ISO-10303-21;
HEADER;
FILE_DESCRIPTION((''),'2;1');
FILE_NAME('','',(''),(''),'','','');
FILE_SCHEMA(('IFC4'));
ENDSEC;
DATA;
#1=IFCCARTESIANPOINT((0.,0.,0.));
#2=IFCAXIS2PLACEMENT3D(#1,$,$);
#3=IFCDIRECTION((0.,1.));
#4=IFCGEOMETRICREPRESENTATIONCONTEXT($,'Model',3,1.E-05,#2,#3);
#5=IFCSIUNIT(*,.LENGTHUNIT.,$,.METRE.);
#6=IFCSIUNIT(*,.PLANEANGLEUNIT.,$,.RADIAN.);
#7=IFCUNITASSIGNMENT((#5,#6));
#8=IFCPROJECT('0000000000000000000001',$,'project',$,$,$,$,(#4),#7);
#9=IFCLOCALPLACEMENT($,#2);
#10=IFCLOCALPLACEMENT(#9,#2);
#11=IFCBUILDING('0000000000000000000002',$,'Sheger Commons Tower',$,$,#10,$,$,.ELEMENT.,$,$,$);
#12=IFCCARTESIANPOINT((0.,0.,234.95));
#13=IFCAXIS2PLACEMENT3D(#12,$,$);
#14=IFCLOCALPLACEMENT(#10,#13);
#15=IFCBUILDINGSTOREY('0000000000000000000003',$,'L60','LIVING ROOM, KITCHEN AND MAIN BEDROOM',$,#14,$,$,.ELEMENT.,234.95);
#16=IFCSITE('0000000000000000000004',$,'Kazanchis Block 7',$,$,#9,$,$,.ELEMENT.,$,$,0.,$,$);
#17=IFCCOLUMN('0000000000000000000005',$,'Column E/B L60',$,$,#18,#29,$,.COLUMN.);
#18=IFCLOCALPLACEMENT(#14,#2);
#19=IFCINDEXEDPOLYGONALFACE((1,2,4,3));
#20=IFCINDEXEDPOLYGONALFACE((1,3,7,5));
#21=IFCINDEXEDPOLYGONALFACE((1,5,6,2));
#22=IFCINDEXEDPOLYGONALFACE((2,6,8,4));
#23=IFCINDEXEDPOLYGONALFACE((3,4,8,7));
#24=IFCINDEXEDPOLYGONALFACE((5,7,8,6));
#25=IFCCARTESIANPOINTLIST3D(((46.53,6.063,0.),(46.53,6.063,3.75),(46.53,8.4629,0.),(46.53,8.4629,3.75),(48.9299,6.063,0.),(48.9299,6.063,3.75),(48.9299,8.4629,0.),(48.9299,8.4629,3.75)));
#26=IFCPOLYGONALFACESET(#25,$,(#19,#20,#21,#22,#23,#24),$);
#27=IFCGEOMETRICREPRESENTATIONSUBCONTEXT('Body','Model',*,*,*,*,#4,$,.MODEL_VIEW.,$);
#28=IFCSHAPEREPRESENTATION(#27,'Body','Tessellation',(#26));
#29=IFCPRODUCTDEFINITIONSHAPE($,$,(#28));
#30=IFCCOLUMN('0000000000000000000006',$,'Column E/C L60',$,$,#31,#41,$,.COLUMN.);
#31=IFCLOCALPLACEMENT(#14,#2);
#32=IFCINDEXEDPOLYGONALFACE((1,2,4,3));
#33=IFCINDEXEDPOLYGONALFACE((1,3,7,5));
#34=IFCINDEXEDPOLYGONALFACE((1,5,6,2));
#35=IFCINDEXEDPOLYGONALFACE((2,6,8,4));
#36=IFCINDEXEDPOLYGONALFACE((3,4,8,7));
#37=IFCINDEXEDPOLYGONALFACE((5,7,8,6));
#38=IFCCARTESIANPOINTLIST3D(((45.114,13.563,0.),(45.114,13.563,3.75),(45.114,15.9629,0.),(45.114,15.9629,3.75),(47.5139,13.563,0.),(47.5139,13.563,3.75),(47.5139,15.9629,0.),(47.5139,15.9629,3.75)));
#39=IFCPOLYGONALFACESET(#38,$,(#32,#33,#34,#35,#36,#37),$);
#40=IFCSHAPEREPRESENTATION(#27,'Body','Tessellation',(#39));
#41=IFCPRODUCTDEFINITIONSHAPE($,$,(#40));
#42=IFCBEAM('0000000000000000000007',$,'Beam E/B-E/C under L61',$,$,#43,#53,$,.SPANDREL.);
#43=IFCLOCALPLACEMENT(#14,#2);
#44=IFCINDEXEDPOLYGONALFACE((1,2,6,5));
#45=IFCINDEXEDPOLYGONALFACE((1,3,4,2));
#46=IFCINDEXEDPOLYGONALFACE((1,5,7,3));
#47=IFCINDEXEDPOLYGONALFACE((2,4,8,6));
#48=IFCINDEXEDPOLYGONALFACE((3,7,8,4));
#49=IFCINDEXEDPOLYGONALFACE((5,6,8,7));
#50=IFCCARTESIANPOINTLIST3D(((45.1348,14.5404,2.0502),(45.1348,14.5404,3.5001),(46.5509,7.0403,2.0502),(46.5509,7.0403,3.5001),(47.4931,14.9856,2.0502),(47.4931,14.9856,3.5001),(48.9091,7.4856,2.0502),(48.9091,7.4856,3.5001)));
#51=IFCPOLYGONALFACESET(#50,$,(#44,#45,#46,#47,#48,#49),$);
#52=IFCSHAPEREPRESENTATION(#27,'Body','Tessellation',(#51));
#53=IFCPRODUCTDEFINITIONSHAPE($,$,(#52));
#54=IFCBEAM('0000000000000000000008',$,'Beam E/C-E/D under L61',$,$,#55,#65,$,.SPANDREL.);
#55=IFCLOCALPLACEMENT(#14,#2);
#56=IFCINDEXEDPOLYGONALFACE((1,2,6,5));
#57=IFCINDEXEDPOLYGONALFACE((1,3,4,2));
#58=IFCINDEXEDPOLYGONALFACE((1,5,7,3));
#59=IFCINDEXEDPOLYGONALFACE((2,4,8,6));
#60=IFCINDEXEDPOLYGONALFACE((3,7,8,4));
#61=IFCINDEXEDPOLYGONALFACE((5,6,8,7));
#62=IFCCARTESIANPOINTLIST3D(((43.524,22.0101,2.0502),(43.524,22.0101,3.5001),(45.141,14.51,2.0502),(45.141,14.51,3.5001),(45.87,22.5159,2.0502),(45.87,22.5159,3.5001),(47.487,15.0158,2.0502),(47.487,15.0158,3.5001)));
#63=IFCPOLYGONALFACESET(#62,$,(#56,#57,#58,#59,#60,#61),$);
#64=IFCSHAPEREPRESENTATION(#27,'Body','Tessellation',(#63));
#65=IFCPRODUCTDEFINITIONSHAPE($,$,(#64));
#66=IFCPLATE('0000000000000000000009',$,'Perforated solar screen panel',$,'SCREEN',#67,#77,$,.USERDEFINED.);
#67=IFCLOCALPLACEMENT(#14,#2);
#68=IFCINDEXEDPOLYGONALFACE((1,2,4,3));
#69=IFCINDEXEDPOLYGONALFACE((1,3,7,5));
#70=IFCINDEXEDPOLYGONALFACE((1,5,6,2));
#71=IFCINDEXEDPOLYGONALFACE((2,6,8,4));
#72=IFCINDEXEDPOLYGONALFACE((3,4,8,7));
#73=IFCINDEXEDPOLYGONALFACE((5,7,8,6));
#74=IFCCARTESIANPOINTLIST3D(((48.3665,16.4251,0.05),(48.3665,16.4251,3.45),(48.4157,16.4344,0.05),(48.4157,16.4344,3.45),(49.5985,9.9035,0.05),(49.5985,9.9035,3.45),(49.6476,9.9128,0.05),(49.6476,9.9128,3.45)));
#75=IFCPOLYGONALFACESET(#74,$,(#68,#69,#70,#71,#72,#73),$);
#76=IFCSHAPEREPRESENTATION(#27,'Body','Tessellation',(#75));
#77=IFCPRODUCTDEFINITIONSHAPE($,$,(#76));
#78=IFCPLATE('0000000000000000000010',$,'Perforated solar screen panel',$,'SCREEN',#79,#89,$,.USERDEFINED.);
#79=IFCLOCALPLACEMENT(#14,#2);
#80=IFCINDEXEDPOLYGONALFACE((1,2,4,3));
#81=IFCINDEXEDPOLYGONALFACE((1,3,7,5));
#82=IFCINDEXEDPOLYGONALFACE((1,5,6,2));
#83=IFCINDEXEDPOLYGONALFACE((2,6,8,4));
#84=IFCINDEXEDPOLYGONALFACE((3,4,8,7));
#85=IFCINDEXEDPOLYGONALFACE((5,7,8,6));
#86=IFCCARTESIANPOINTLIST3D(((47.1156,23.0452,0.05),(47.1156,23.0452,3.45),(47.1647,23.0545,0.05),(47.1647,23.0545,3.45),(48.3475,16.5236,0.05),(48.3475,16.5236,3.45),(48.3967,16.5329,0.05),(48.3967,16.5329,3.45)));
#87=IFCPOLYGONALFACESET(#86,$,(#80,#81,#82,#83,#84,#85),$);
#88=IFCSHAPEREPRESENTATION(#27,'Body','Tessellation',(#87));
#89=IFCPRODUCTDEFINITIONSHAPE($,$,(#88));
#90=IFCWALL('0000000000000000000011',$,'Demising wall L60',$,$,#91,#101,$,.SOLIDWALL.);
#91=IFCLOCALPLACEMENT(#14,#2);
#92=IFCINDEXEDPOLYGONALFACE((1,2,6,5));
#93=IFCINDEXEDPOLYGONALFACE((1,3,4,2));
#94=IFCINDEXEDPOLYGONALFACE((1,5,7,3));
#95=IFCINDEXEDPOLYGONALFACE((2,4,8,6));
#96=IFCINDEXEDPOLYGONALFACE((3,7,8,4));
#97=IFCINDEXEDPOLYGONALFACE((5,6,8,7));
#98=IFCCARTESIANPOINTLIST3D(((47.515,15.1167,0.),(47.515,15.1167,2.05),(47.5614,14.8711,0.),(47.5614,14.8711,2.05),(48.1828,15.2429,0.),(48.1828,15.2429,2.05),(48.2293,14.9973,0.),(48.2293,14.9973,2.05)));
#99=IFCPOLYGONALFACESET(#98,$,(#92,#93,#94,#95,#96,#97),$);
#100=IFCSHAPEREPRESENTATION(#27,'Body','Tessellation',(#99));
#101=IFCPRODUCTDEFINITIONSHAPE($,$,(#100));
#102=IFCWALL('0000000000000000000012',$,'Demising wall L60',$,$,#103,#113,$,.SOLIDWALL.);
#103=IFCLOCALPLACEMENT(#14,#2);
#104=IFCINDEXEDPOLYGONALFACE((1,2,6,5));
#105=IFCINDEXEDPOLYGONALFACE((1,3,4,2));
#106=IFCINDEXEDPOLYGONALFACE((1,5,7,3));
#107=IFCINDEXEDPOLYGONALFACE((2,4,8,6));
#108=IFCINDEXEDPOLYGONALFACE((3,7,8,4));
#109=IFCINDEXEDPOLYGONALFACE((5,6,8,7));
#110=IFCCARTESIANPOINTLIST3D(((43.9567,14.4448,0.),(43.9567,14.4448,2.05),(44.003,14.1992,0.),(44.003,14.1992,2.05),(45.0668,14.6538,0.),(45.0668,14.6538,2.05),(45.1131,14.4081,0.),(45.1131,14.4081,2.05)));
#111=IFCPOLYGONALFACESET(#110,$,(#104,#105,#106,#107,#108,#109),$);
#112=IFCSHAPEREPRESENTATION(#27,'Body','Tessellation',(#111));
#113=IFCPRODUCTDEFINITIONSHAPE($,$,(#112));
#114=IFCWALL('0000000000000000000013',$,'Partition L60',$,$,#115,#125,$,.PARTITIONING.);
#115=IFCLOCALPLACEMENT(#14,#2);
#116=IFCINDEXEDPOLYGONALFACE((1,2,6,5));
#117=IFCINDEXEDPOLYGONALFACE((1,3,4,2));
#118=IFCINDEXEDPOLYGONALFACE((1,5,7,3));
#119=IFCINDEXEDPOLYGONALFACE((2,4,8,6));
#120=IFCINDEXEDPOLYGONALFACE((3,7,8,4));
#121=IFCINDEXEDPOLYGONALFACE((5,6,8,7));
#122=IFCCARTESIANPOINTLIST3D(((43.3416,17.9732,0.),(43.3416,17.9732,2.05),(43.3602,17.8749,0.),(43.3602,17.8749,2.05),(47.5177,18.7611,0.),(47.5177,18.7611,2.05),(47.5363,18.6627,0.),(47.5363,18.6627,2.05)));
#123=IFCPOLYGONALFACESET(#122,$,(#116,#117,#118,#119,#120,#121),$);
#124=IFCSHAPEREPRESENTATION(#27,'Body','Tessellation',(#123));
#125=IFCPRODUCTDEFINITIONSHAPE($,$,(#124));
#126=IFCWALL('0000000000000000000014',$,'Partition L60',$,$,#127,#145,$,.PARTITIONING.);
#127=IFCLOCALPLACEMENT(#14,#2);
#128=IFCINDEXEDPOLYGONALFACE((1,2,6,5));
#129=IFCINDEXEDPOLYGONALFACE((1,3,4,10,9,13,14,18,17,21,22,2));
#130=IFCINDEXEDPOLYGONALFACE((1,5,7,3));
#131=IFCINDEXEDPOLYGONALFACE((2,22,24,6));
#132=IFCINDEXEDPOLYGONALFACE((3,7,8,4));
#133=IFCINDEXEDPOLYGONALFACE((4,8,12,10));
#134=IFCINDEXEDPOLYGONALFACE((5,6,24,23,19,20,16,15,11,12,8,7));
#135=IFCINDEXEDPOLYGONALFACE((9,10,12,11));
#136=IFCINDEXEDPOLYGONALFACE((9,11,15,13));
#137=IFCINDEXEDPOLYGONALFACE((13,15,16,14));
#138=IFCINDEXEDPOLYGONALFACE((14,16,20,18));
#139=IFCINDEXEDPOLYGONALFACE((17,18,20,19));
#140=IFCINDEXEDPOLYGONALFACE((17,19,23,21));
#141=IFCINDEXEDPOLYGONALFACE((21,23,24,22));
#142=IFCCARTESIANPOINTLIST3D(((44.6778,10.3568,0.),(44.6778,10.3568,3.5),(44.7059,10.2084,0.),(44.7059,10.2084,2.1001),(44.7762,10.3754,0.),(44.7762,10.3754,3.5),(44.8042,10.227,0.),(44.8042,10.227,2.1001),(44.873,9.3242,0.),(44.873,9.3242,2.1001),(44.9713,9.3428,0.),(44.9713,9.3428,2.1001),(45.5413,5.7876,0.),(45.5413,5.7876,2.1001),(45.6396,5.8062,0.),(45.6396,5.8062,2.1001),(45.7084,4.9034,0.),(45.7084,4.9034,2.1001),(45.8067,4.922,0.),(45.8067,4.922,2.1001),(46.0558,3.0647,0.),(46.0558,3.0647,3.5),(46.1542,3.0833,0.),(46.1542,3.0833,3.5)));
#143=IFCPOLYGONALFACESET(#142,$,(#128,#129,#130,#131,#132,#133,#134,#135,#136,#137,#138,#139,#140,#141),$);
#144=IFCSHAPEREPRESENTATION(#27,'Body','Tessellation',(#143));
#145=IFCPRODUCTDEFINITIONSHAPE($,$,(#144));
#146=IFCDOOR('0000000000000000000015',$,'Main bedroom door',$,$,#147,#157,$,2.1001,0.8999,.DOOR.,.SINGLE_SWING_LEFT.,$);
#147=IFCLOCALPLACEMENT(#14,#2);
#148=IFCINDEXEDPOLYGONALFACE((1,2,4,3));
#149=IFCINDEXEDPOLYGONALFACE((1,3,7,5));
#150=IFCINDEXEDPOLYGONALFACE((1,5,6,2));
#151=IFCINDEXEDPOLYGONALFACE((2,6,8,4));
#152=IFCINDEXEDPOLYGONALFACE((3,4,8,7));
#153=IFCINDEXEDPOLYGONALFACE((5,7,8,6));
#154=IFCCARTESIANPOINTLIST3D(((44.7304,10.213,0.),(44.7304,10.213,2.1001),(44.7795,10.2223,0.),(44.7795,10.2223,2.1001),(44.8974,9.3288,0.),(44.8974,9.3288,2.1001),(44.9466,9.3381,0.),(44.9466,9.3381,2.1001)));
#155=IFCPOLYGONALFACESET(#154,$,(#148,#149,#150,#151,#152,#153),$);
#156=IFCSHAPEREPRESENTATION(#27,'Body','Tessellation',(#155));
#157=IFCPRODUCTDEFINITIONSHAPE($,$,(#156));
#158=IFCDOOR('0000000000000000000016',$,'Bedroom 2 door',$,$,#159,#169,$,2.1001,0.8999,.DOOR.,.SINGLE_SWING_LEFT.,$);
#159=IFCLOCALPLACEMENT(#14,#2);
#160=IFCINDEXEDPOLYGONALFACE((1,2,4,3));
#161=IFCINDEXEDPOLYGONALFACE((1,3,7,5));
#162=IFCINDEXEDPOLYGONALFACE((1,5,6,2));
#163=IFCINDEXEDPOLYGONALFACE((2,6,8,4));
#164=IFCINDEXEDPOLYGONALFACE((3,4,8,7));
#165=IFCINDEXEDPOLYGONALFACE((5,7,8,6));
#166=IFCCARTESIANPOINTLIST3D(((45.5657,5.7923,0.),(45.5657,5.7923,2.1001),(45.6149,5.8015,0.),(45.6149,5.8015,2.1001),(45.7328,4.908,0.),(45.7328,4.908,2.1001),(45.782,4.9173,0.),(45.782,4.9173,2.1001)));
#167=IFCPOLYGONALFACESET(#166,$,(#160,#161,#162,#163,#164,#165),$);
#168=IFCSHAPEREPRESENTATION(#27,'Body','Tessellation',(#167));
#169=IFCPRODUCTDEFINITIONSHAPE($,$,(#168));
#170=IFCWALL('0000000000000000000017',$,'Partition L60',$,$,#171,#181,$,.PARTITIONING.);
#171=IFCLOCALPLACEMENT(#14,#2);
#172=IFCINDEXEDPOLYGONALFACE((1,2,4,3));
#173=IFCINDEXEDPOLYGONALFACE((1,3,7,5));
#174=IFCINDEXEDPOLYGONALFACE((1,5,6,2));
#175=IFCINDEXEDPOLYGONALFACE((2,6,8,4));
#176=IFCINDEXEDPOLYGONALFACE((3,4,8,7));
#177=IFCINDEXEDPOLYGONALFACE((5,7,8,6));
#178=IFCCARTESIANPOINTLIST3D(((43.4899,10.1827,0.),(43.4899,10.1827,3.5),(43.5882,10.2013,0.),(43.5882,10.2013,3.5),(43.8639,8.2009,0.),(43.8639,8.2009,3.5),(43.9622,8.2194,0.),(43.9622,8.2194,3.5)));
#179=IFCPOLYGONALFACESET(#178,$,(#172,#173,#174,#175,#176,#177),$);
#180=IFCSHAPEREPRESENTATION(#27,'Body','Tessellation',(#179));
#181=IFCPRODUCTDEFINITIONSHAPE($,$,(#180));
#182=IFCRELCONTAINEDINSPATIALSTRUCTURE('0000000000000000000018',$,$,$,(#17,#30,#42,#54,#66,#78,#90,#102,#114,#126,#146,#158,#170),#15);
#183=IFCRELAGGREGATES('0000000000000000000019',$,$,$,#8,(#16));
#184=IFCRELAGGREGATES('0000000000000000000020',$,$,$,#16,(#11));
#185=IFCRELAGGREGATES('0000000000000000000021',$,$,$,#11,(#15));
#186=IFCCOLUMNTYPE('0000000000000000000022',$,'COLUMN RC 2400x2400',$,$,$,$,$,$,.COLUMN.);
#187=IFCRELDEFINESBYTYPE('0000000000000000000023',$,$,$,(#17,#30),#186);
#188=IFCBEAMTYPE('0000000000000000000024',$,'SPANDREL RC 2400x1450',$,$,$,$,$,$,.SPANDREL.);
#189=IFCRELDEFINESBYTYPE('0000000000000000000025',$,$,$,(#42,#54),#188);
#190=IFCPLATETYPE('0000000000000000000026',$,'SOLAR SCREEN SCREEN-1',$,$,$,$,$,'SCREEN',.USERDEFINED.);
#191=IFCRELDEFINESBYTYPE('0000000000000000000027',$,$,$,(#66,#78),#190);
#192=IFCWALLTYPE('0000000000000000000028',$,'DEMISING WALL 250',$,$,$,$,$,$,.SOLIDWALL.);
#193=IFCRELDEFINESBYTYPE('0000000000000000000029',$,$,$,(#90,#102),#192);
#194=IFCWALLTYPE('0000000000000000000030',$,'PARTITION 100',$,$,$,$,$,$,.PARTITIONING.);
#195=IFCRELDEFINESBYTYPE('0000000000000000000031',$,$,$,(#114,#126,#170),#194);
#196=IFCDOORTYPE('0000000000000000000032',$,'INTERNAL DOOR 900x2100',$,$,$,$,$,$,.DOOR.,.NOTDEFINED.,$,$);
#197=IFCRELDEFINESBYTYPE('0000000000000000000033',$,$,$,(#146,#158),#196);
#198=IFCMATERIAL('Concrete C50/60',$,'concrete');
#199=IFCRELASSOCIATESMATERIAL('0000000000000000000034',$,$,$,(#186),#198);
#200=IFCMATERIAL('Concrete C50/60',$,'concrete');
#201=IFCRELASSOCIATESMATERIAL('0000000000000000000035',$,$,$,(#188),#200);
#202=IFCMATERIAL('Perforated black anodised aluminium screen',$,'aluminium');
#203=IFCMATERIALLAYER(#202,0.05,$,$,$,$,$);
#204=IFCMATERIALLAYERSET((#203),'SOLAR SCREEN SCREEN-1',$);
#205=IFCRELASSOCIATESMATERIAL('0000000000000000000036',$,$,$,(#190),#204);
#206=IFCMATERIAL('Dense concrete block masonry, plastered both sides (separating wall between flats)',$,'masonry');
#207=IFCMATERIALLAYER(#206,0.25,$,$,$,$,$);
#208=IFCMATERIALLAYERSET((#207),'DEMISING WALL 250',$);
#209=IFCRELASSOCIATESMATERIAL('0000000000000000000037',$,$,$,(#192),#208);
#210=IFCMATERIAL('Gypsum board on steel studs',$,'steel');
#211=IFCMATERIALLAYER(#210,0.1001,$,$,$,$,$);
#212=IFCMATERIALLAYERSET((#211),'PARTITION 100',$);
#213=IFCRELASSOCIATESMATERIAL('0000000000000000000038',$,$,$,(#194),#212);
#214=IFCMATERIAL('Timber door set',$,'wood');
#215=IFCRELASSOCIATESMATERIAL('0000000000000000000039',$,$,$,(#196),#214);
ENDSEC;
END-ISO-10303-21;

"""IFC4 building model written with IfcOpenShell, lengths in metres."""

from ifc_helpers import new_model, si_unit, direction, frame, frame_2d, origin, origin_2d, place, context, subcontext, project, spatial, rectangle, extrude, material, layer, layer_set, material_profile, profile_set, type_object, element, fill, save


model = new_model("IFC4")

# Units and contexts
model_context = context("Model", 3, precision=1e-05, world=origin(), true_north=direction((0.0, 1.0)))
body_context = subcontext(model_context, "Body", "Model", "MODEL_VIEW")
ifc_project = project(units=[si_unit("LENGTHUNIT", "METRE"), si_unit("PLANEANGLEUNIT", "RADIAN")], contexts=[model_context])

# Site, building, storey
site_placement = place(None, origin())
site = spatial("IfcSite", under=ifc_project, at=site_placement, Name="Kazanchis Block 7", CompositionType="ELEMENT", RefElevation=0.0)
building_placement = place(site_placement, origin())
building = spatial("IfcBuilding", under=site, at=building_placement, Name="Sheger Commons Tower", CompositionType="ELEMENT")
storey_placement = place(building_placement, frame((0.0, 0.0, 234.95)))
storey = spatial("IfcBuildingStorey", under=building, at=storey_placement, Name="L60", Description="LIVING ROOM, KITCHEN AND MAIN BEDROOM", CompositionType="ELEMENT", Elevation=234.95)

# Columns
ifc_material_1 = material(Name="Concrete C50/60", Category="concrete")
ifc_material_profile_1 = material_profile(ifc_material_1, rectangle(XDim=2.3999, YDim=2.3999, at=origin_2d()), Name="RC 2400x2400")
ifc_profile_set_1 = profile_set([ifc_material_profile_1], Name="Concrete C50/60")
column_type = type_object("IfcColumnType", Name="COLUMN RC 2400x2400", PredefinedType="COLUMN", material=ifc_profile_set_1)
for number, where, z_axis, x_axis, name in (
    (1, (47.73, 7.2629, 0.0), (0.0, 0.0, 1.0), (1.0, 0.0, 0.0), "Column E/B L60"),
    (2, (46.314, 14.7629, 0.0), (0.0, 0.0, 1.0), (1.0, 0.0, 0.0), "Column E/C L60"),
):
    element("IfcColumn", number, at=place(storey_placement, frame(where, z_axis=z_axis, x_axis=x_axis)), inside=storey, type_object=column_type, Name=name, PredefinedType="COLUMN", context=body_context, shape_type="SweptSolid", body=[
        extrude(rectangle(XDim=2.3999, YDim=2.3999, at=origin_2d()), origin(), (0.0, 0.0, 1.0), 3.75),
    ])

# Beams
ifc_material_2 = material(Name="Concrete C50/60", Category="concrete")
ifc_material_profile_2 = material_profile(ifc_material_2, rectangle(XDim=2.3999, YDim=1.45, at=origin_2d()), Name="RC 2400x1450")
ifc_profile_set_2 = profile_set([ifc_material_profile_2], Name="Concrete C50/60")
beam_type = type_object("IfcBeamType", Name="SPANDREL RC 2400x1450", PredefinedType="SPANDREL", material=ifc_profile_set_2)
beam_1_placement = place(storey_placement, frame((47.73, 7.2629, 2.7751), z_axis=(-0.185524, 0.98264, 0.0), x_axis=(-0.98264, -0.185524, 0.0)))
element("IfcBeam", 3, at=beam_1_placement, inside=storey, type_object=beam_type, Name="Beam E/B-E/C under L61", PredefinedType="SPANDREL", context=body_context, shape_type="SweptSolid", body=[
    extrude(rectangle(XDim=2.3999, YDim=1.45, at=origin_2d()), origin(), (0.0, 0.0, 1.0), 7.6326),
])
beam_2_placement = place(storey_placement, frame((46.314, 14.7629, 2.7751), z_axis=(-0.21075, 0.97754, 0.0), x_axis=(-0.97754, -0.21075, 0.0)))
element("IfcBeam", 4, at=beam_2_placement, inside=storey, type_object=beam_type, Name="Beam E/C-E/D under L61", PredefinedType="SPANDREL", context=body_context, shape_type="SweptSolid", body=[
    extrude(rectangle(XDim=2.3999, YDim=1.45, at=origin_2d()), origin(), (0.0, 0.0, 1.0), 7.6724),
])

# Plates
ifc_material_3 = material(Name="Perforated black anodised aluminium screen", Category="aluminium")
ifc_layer_1 = layer(ifc_material_3, 0.05)
ifc_layer_set_1 = layer_set([ifc_layer_1], Name="SOLAR SCREEN SCREEN-1")
plate_type = type_object("IfcPlateType", Name="SOLAR SCREEN SCREEN-1", ElementType="SCREEN", PredefinedType="USERDEFINED", material=ifc_layer_set_1)
for number, where, z_axis, x_axis, name in (
    (5, (49.0071, 13.1689, 0.05), (0.0, 0.0, 1.0), (-0.185615, 0.982623, 0.0), "Perforated solar screen panel"),
    (6, (47.7561, 19.7891, 0.05), (0.0, 0.0, 1.0), (-0.185615, 0.982623, 0.0), "Perforated solar screen panel"),
):
    element("IfcPlate", number, at=place(storey_placement, frame(where, z_axis=z_axis, x_axis=x_axis)), inside=storey, type_object=plate_type, Name=name, ObjectType="SCREEN", PredefinedType="USERDEFINED", context=body_context, shape_type="SweptSolid", body=[
        extrude(rectangle(XDim=6.637, YDim=0.05, at=origin_2d()), origin(), (0.0, 0.0, 1.0), 3.3999),
    ])

# Walls
ifc_material_4 = material(Name="Dense concrete block masonry, plastered both sides (separating wall between flats)", Category="masonry")
ifc_layer_2 = layer(ifc_material_4, 0.25)
ifc_layer_set_2 = layer_set([ifc_layer_2], Name="DEMISING WALL 250")
wall_type_1 = type_object("IfcWallType", Name="DEMISING WALL 250", PredefinedType="SOLIDWALL", material=ifc_layer_set_2)
wall_1_placement = place(storey_placement, frame((48.2061, 15.1201, 0.0), z_axis=(0.0, 0.0, 1.0), x_axis=(-0.982611, -0.185676, 0.0)))
element("IfcWall", 7, at=wall_1_placement, inside=storey, type_object=wall_type_1, Name="Demising wall L60", PredefinedType="SOLIDWALL", context=body_context, shape_type="SweptSolid", body=[
    extrude(rectangle(XDim=0.6797, YDim=0.25, at=frame_2d((0.3398, 0.0))), origin(), (0.0, 0.0, 1.0), 2.05),
])
wall_2_placement = place(storey_placement, frame((45.0901, 14.531, 0.0), z_axis=(0.0, 0.0, 1.0), x_axis=(-0.982737, -0.185006, 0.0)))
element("IfcWall", 8, at=wall_2_placement, inside=storey, type_object=wall_type_1, Name="Demising wall L60", PredefinedType="SOLIDWALL", context=body_context, shape_type="SweptSolid", body=[
    extrude(rectangle(XDim=1.1296, YDim=0.25, at=frame_2d((0.5649, 0.0))), origin(), (0.0, 0.0, 1.0), 2.05),
])
ifc_material_5 = material(Name="Gypsum board on steel studs", Category="steel")
ifc_layer_3 = layer(ifc_material_5, 0.1001)
ifc_layer_set_3 = layer_set([ifc_layer_3], Name="PARTITION 100")
wall_type_2 = type_object("IfcWallType", Name="PARTITION 100", PredefinedType="PARTITIONING", material=ifc_layer_set_3)
wall_3_placement = place(storey_placement, frame((47.5271, 18.7119, 0.0), z_axis=(0.0, 0.0, 1.0), x_axis=(-0.982665, -0.185388, 0.0)))
element("IfcWall", 9, at=wall_3_placement, inside=storey, type_object=wall_type_2, Name="Partition L60", PredefinedType="PARTITIONING", context=body_context, shape_type="SweptSolid", body=[
    extrude(rectangle(XDim=4.2498, YDim=0.1001, at=frame_2d((2.125, 0.0))), origin(), (0.0, 0.0, 1.0), 2.05),
])

# Wall, openings, doors
wall_4_placement = place(storey_placement, frame((44.7271, 10.366, 0.0), z_axis=(0.0, 0.0, 1.0), x_axis=(0.185679, -0.98261, 0.0)))
wall_4 = element("IfcWall", 10, at=wall_4_placement, inside=storey, type_object=wall_type_2, Name="Partition L60", PredefinedType="PARTITIONING", context=body_context, shape_type="SweptSolid", body=[
    extrude(rectangle(XDim=7.4211, YDim=0.1001, at=frame_2d((3.7104, 0.0))), origin(), (0.0, 0.0, 1.0), 3.5),
])
opening_1_placement = place(wall_4_placement, frame((0.1509, 0.0, 0.0)))
opening_1 = element("IfcOpeningElement", 11, at=opening_1_placement, cuts=wall_4, PredefinedType="OPENING", context=body_context, shape_type="SweptSolid", body=[
    extrude(rectangle(XDim=0.8999, YDim=2.1001, at=frame_2d((0.45, 1.05))), frame((0.0, 0.0601, 0.0), z_axis=(0.0, -1.0, 0.0), x_axis=(1.0, 0.0, 0.0)), (0.0, 0.0, 1.0), 0.1201),
])
opening_2_placement = place(wall_4_placement, frame((4.6499, 0.0, 0.0)))
opening_2 = element("IfcOpeningElement", 12, at=opening_2_placement, cuts=wall_4, PredefinedType="OPENING", context=body_context, shape_type="SweptSolid", body=[
    extrude(rectangle(XDim=0.8999, YDim=2.1001, at=frame_2d((0.45, 1.05))), frame((0.0, 0.0601, 0.0), z_axis=(0.0, -1.0, 0.0), x_axis=(1.0, 0.0, 0.0)), (0.0, 0.0, 1.0), 0.1201),
])
ifc_material_6 = material(Name="Timber door set", Category="wood")
door_type = type_object("IfcDoorType", Name="INTERNAL DOOR 900x2100", OperationType="NOTDEFINED", PredefinedType="DOOR", material=ifc_material_6)
door_1_placement = place(opening_1_placement, origin())
door_1 = element("IfcDoor", 13, at=door_1_placement, inside=storey, type_object=door_type, Name="Main bedroom door", OperationType="SINGLE_SWING_LEFT", OverallHeight=2.1001, OverallWidth=0.8999, PredefinedType="DOOR", context=body_context, shape_type="SweptSolid", body=[
    extrude(rectangle(XDim=0.8999, YDim=2.1001, at=frame_2d((0.45, 1.05))), frame((0.0, 0.0249, 0.0), z_axis=(0.0, -1.0, 0.0), x_axis=(1.0, 0.0, 0.0)), (0.0, 0.0, 1.0), 0.05),
])
fill(opening_1, door_1)
door_2_placement = place(opening_2_placement, origin())
door_2 = element("IfcDoor", 14, at=door_2_placement, inside=storey, type_object=door_type, Name="Bedroom 2 door", OperationType="SINGLE_SWING_LEFT", OverallHeight=2.1001, OverallWidth=0.8999, PredefinedType="DOOR", context=body_context, shape_type="SweptSolid", body=[
    extrude(rectangle(XDim=0.8999, YDim=2.1001, at=frame_2d((0.45, 1.05))), frame((0.0, 0.0249, 0.0), z_axis=(0.0, -1.0, 0.0), x_axis=(1.0, 0.0, 0.0)), (0.0, 0.0, 1.0), 0.05),
])
fill(opening_2, door_2)

# Wall
wall_5_placement = place(storey_placement, frame((43.5391, 10.1919, 0.0), z_axis=(0.0, 0.0, 1.0), x_axis=(0.185443, -0.982655, 0.0)))
element("IfcWall", 15, at=wall_5_placement, inside=storey, type_object=wall_type_2, Name="Partition L60", PredefinedType="PARTITIONING", context=body_context, shape_type="SweptSolid", body=[
    extrude(rectangle(XDim=2.0168, YDim=0.1001, at=frame_2d((1.0083, 0.0))), origin(), (0.0, 0.0, 1.0), 3.5),
])

save(model, "model.ifc")
